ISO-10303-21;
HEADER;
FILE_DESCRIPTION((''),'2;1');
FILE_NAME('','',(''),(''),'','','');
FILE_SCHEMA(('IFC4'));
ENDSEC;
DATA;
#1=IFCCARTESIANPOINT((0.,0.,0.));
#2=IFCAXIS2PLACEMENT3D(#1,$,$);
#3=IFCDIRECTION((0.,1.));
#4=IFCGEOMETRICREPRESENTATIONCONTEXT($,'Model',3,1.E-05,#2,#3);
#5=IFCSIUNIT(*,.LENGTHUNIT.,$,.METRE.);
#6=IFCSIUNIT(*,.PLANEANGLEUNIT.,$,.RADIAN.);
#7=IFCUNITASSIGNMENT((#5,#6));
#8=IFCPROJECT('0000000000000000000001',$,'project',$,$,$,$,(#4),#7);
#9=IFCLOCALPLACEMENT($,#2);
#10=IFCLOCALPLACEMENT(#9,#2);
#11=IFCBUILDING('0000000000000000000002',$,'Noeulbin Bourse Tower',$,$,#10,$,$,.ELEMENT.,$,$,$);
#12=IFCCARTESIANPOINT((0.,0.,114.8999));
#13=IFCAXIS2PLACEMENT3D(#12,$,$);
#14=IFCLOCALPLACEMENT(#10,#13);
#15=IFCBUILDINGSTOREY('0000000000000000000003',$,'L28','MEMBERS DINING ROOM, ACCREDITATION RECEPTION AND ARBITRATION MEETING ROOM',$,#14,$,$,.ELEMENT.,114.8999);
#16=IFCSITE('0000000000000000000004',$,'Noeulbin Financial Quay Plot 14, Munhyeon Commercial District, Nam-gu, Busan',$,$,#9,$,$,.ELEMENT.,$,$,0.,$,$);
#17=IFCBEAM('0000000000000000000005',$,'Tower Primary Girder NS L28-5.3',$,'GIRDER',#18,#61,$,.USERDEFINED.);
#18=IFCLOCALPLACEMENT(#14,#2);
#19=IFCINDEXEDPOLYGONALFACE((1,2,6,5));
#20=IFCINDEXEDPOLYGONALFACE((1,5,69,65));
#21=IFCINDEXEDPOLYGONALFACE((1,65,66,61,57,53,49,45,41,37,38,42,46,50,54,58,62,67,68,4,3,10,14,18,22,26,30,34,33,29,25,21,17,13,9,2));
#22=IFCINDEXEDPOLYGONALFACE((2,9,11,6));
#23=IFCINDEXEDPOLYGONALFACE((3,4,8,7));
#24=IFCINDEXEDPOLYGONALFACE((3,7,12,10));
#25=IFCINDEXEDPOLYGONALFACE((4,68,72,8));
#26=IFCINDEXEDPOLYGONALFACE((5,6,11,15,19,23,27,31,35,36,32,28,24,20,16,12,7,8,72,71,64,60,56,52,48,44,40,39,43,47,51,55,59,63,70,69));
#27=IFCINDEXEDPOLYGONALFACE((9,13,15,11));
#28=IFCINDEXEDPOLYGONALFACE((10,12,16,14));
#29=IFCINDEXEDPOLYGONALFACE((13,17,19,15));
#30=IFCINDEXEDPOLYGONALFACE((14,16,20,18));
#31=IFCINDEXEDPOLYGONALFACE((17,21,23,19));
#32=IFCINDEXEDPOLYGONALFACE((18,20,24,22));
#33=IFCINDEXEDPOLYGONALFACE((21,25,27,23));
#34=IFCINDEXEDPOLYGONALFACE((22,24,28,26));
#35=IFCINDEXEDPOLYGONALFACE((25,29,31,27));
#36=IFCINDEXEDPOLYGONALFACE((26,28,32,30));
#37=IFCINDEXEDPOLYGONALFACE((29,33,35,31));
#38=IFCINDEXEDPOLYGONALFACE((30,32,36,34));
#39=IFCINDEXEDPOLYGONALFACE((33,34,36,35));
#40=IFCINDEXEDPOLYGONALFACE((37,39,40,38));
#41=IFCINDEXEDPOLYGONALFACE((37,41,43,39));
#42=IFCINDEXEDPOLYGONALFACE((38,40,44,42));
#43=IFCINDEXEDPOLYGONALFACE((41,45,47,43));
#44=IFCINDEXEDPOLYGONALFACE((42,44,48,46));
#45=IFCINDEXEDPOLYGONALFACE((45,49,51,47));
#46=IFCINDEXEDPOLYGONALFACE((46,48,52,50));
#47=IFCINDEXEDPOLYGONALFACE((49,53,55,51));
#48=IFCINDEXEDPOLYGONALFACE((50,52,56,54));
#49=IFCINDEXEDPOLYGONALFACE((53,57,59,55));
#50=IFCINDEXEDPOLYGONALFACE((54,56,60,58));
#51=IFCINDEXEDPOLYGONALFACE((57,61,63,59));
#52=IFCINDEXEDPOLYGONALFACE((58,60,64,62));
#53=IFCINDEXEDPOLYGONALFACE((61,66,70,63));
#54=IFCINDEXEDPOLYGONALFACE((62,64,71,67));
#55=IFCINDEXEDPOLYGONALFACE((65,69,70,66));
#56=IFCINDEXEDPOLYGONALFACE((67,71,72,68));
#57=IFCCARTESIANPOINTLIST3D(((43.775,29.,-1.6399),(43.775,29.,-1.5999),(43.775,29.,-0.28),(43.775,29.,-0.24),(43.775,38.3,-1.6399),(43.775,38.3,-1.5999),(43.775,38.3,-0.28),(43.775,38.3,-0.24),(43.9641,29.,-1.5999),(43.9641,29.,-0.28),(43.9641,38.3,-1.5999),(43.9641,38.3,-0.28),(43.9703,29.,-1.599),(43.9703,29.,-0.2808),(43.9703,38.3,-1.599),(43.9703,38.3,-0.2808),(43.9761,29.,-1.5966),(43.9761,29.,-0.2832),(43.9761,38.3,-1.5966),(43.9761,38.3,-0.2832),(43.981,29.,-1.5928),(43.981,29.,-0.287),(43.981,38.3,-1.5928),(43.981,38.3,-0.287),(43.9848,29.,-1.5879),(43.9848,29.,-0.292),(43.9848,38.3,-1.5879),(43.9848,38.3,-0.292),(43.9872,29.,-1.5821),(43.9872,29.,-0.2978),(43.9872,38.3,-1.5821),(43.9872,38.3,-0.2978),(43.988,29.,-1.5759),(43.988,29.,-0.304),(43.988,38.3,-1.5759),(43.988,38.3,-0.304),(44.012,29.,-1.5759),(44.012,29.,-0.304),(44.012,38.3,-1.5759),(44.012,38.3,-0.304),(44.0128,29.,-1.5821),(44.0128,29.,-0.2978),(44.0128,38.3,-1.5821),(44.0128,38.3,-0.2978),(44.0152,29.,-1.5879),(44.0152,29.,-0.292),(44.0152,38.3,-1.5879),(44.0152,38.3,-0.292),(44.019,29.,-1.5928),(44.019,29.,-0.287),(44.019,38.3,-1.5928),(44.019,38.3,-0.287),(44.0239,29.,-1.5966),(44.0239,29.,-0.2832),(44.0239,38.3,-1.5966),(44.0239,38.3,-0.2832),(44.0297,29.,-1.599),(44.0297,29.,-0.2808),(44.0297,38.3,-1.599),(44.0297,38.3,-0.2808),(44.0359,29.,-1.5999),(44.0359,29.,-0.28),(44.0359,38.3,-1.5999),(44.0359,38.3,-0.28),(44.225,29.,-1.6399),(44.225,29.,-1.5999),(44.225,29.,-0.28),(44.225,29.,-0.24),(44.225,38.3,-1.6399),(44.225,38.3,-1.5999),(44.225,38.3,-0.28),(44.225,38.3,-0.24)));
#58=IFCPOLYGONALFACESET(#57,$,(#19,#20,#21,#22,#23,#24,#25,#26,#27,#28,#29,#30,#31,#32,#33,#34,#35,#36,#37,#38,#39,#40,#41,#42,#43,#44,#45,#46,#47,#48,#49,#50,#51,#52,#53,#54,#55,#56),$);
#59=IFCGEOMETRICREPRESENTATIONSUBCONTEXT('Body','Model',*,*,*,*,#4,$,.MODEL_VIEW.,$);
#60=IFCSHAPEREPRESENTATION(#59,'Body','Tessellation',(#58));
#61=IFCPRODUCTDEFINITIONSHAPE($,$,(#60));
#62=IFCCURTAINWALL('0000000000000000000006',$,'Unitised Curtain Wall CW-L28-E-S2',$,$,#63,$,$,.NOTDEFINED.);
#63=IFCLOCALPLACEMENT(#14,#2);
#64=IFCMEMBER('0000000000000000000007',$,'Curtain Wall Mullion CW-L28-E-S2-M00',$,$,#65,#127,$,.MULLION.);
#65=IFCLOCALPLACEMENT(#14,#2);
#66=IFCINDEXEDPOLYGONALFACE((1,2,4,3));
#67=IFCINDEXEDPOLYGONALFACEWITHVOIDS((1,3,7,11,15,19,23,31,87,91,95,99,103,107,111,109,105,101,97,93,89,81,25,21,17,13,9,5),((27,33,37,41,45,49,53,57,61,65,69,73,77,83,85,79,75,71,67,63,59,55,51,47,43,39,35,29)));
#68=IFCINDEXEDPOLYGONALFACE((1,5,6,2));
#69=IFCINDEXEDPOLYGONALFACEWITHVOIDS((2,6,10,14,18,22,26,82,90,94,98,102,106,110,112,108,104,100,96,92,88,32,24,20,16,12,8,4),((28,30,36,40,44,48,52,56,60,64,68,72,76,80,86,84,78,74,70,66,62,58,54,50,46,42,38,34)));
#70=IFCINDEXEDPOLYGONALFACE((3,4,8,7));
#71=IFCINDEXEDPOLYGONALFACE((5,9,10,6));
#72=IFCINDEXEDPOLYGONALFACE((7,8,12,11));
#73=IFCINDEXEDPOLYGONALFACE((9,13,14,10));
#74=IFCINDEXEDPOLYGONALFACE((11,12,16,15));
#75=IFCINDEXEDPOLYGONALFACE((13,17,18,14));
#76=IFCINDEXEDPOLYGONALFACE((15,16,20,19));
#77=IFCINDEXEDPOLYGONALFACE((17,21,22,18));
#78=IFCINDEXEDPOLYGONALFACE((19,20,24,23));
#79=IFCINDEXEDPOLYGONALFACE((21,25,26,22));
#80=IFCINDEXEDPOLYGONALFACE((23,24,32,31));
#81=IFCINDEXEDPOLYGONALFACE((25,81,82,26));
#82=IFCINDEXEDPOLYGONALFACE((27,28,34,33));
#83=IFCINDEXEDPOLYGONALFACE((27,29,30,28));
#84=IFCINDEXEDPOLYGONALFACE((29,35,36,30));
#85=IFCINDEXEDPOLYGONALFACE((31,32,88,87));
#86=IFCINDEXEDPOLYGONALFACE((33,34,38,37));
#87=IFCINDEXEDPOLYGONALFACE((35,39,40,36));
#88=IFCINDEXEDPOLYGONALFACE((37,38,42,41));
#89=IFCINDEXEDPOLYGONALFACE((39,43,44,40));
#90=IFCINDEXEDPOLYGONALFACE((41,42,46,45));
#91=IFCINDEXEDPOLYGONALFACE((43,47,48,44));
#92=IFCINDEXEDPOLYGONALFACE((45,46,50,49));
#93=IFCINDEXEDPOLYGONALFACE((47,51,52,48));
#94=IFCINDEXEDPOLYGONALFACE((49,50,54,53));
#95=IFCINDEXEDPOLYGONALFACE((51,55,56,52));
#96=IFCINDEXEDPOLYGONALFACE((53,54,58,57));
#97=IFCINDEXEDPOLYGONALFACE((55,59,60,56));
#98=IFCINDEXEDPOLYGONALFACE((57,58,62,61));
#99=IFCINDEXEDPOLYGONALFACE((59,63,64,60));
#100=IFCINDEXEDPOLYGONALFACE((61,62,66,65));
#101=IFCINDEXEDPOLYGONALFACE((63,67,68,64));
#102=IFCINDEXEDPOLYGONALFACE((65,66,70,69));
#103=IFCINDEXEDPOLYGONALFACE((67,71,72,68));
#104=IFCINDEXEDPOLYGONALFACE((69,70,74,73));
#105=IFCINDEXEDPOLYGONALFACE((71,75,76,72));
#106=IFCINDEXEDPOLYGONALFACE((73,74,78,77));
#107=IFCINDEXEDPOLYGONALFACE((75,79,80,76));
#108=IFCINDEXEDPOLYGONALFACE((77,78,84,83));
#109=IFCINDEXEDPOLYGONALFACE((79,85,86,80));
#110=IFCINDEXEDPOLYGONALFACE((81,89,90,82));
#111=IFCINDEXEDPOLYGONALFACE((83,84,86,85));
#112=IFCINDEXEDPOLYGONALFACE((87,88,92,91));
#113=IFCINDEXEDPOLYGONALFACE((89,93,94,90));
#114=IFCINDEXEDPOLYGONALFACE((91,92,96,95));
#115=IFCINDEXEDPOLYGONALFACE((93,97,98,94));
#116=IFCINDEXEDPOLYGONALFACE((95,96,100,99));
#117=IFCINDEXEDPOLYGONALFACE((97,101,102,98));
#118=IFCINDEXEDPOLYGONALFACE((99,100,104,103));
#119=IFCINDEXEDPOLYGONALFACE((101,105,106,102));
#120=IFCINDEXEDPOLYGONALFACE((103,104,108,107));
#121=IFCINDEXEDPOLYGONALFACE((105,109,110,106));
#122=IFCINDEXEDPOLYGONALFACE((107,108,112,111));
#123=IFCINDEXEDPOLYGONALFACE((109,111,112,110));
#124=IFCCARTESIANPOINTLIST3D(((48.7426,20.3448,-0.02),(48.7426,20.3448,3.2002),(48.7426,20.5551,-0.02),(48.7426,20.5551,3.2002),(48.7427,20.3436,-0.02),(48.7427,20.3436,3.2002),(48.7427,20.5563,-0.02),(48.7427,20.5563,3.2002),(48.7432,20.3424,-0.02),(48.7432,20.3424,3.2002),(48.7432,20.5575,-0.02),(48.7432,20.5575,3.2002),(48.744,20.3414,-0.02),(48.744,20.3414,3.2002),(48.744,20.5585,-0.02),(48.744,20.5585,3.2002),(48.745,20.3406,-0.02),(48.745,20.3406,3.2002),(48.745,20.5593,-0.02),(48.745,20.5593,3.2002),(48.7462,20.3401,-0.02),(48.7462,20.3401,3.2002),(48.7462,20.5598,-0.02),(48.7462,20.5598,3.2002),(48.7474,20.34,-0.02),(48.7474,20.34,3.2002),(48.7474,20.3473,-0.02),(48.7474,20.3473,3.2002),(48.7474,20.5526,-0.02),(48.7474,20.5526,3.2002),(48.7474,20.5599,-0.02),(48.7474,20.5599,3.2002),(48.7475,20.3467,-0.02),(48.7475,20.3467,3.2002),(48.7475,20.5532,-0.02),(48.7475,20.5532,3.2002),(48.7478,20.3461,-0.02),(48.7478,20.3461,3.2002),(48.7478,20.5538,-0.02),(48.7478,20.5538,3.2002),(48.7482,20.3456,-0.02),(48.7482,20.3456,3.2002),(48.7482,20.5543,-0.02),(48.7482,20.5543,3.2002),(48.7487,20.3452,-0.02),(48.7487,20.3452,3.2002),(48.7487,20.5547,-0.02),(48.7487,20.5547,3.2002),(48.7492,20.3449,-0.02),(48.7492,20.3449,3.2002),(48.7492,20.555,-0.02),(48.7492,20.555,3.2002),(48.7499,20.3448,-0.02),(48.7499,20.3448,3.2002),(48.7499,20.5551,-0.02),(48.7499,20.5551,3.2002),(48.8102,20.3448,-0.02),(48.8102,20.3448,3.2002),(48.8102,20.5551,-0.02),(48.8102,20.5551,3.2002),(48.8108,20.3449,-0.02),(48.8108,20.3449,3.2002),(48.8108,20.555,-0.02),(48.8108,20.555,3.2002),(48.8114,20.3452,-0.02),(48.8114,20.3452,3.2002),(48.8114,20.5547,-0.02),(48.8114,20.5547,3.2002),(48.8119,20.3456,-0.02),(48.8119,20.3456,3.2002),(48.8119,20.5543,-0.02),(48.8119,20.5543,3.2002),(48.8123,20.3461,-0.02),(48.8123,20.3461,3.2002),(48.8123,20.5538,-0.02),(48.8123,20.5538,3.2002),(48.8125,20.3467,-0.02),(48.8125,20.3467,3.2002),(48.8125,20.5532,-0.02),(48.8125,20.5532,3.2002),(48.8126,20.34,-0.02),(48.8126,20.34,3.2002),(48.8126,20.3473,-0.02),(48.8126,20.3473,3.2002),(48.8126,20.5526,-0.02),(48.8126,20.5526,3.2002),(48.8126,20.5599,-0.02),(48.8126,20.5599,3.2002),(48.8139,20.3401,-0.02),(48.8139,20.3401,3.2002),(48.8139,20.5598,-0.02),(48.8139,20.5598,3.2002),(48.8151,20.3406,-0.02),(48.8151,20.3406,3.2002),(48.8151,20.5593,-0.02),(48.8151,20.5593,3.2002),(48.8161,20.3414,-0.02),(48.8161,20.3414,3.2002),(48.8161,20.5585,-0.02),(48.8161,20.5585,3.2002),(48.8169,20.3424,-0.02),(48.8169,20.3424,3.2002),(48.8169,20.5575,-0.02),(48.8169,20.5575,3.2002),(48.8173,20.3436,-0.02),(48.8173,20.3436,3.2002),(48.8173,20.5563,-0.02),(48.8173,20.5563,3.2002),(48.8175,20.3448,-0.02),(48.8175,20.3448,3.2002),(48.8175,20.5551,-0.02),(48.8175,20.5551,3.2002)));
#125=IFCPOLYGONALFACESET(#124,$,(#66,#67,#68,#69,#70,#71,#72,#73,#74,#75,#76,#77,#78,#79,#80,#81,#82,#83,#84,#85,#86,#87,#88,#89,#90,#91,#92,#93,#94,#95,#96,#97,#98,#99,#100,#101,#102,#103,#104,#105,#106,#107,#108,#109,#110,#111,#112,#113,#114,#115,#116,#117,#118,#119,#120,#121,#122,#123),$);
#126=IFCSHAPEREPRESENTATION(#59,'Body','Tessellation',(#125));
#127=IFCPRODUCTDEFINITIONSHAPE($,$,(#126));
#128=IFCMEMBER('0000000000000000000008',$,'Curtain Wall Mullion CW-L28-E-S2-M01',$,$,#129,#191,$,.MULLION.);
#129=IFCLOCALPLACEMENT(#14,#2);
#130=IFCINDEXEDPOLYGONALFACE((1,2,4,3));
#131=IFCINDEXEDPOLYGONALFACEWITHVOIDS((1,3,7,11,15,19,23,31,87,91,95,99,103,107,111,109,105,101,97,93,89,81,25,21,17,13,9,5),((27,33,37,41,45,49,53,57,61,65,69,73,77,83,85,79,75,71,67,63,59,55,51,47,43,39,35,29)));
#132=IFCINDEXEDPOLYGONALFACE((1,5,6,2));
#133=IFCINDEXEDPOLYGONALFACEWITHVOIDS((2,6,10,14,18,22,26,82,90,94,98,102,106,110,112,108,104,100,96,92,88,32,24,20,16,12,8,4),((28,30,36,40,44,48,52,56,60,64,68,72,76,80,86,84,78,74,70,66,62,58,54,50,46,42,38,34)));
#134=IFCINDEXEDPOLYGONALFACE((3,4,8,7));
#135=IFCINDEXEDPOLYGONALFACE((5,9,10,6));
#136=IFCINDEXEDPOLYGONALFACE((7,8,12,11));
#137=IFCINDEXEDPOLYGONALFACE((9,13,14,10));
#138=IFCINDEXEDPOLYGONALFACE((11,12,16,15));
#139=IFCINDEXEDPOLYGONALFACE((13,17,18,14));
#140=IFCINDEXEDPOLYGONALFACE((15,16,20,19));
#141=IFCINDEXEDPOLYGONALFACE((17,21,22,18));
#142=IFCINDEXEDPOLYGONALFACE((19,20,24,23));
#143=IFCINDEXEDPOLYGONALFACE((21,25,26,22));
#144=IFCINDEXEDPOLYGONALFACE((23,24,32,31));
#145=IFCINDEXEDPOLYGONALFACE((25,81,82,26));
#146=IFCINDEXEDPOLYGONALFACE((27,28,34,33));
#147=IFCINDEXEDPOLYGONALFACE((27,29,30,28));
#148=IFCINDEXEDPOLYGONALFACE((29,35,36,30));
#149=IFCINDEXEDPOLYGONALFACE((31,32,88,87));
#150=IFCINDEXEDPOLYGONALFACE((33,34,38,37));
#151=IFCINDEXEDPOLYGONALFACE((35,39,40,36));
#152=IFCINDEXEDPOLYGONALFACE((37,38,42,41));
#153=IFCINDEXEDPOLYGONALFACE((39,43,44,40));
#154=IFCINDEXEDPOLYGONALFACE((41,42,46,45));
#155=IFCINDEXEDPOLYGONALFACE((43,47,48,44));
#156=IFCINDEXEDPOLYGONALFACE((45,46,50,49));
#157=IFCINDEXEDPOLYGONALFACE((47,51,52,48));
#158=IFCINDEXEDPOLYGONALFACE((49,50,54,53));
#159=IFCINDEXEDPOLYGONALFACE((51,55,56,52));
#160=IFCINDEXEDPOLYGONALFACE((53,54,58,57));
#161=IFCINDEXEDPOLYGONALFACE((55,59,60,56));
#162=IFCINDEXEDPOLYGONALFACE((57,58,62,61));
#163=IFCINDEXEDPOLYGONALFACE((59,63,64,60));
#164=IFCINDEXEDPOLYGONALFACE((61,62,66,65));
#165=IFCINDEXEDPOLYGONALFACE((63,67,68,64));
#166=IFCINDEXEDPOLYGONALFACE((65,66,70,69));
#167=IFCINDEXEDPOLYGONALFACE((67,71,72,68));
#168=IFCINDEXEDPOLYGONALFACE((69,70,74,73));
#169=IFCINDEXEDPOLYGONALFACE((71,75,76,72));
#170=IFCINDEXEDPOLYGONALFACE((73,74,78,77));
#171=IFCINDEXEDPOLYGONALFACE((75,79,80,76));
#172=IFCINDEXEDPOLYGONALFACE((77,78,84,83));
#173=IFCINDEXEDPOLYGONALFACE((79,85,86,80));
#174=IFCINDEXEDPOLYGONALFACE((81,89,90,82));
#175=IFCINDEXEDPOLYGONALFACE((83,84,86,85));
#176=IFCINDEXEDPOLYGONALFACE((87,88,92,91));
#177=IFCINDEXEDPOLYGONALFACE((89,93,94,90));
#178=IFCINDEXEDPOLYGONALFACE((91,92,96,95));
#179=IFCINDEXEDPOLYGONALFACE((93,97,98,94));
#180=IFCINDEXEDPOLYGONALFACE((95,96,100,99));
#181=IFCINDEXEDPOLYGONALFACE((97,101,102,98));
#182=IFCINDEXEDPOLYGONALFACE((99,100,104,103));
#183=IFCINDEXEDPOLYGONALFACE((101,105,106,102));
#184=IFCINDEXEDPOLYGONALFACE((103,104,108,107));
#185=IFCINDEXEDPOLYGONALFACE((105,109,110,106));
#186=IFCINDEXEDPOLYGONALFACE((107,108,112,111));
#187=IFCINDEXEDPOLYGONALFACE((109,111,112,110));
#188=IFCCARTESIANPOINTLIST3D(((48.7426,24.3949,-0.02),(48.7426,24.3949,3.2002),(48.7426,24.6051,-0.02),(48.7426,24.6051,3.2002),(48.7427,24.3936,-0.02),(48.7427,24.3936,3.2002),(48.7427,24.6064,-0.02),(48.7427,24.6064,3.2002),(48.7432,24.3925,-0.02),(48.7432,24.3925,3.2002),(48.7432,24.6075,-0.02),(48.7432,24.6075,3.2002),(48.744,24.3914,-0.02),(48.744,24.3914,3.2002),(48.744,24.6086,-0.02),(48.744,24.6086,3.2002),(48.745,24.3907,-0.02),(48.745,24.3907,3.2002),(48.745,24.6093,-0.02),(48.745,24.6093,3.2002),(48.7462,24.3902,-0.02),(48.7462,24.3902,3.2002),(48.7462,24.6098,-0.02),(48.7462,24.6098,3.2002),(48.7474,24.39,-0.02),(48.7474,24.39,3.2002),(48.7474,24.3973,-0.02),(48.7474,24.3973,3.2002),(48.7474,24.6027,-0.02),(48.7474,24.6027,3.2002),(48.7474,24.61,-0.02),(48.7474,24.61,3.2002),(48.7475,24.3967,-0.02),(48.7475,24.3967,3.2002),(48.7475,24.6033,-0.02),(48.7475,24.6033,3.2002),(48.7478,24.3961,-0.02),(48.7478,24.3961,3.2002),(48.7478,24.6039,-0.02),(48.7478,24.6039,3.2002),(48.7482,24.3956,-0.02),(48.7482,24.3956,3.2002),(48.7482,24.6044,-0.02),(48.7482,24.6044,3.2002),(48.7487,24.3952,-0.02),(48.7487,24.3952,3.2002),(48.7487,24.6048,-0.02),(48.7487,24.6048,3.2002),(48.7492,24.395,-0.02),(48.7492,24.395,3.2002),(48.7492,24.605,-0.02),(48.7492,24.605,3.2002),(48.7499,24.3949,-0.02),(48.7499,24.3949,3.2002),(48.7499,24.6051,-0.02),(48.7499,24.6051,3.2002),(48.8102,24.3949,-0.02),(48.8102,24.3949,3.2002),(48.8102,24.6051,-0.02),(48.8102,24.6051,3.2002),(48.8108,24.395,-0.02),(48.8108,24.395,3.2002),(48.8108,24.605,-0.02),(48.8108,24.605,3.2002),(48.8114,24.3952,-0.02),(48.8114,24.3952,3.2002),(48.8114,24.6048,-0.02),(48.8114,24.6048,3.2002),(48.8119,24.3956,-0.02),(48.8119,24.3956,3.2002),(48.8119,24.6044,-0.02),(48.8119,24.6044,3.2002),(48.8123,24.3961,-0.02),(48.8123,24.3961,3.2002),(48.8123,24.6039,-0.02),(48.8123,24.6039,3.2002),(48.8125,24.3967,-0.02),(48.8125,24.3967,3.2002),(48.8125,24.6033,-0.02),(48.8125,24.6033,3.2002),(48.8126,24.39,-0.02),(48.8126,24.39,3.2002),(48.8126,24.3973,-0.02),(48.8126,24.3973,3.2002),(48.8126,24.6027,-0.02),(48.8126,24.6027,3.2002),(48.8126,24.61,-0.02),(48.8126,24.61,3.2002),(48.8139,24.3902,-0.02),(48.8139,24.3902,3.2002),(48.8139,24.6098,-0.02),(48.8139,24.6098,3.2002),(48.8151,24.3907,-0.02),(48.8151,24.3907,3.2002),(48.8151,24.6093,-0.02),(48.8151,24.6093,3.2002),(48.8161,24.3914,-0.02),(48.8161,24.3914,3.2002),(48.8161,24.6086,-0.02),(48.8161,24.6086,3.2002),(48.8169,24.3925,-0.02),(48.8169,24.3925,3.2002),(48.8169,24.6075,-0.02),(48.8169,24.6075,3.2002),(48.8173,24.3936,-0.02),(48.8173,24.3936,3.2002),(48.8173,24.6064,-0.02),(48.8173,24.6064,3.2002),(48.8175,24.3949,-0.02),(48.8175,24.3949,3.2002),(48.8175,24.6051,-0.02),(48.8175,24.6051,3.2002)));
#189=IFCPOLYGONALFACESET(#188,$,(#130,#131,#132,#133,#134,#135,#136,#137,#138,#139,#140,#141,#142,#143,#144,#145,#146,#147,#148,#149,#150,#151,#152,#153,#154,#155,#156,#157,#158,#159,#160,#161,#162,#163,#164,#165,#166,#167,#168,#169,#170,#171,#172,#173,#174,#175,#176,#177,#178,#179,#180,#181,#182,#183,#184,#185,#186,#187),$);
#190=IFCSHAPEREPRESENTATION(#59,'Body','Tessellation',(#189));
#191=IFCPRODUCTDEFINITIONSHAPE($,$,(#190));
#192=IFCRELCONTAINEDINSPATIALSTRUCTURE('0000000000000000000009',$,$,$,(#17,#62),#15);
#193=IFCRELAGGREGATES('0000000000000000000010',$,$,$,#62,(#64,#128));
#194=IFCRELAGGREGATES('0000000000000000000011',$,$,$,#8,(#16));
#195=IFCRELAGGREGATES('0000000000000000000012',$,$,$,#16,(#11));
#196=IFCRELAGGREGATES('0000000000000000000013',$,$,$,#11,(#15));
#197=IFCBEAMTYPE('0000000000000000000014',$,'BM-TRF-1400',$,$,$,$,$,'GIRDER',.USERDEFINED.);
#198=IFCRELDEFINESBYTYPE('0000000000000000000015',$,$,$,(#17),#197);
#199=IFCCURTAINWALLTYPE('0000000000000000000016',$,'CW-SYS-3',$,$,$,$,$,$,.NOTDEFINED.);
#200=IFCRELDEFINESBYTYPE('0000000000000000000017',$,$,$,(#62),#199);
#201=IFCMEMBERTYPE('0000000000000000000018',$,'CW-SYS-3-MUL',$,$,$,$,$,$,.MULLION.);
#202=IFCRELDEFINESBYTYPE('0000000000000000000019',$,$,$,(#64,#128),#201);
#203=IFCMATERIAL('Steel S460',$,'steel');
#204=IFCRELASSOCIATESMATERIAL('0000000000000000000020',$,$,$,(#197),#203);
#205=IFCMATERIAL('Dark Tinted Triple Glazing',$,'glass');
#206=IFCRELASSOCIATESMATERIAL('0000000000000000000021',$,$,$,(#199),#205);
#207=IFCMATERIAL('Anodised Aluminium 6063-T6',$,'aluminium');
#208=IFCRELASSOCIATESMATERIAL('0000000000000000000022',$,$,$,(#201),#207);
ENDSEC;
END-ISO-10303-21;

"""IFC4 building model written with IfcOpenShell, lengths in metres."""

from ifc_helpers import new_model, si_unit, direction, frame, origin, origin_2d, place, context, subcontext, project, spatial, hollow_rectangle, i_section, extrude, material, material_profile, profile_set, type_object, element, aggregate, save


model = new_model("IFC4")

# Units and contexts
model_context = context("Model", 3, precision=1e-05, world=origin(), true_north=direction((0.0, 1.0)))
body_context = subcontext(model_context, "Body", "Model", "MODEL_VIEW")
ifc_project = project(units=[si_unit("LENGTHUNIT", "METRE"), si_unit("PLANEANGLEUNIT", "RADIAN")], contexts=[model_context])

# Site, building, storey
site_placement = place(None, origin())
site = spatial("IfcSite", under=ifc_project, at=site_placement, Name="Noeulbin Financial Quay Plot 14, Munhyeon Commercial District, Nam-gu, Busan", CompositionType="ELEMENT", RefElevation=0.0)
building_placement = place(site_placement, origin())
building = spatial("IfcBuilding", under=site, at=building_placement, Name="Noeulbin Bourse Tower", CompositionType="ELEMENT")
storey_placement = place(building_placement, frame((0.0, 0.0, 114.8999)))
storey = spatial("IfcBuildingStorey", under=building, at=storey_placement, Name="L28", Description="MEMBERS DINING ROOM, ACCREDITATION RECEPTION AND ARBITRATION MEETING ROOM", CompositionType="ELEMENT", Elevation=114.8999)

# Shared definitions
ifc_material_1 = material(Name="Steel S460", Category="steel")

# Beam
ifc_material_profile_1 = material_profile(ifc_material_1, i_section(OverallWidth=0.45, OverallDepth=1.3999, WebThickness=0.0239, FlangeThickness=0.04, FilletRadius=0.0239, at=origin_2d()), Name="PG-1400x450x24x40", Category="LoadBearing")
ifc_profile_set_1 = profile_set([ifc_material_profile_1], Name="Steel S460")
beam_type_1 = type_object("IfcBeamType", Name="BM-TRF-1400", ElementType="GIRDER", PredefinedType="USERDEFINED", material=ifc_profile_set_1)
beam_1_placement = place(storey_placement, frame((44.0, 29.0, -0.9399), z_axis=(0.0, 1.0, 0.0), x_axis=(-1.0, 0.0, 0.0)))
element("IfcBeam", 1, at=beam_1_placement, inside=storey, type_object=beam_type_1, Name="Tower Primary Girder NS L28-5.3", ObjectType="GIRDER", PredefinedType="USERDEFINED", context=body_context, shape_type="SweptSolid", body=[
    extrude(i_section(OverallWidth=0.45, OverallDepth=1.3999, WebThickness=0.0239, FlangeThickness=0.04, FilletRadius=0.0239, at=origin_2d()), origin(), (0.0, 0.0, 1.0), 9.3),
])

# Curtain wall, members
ifc_material_2 = material(Name="Dark Tinted Triple Glazing", Category="glass")
curtain_wall_type = type_object("IfcCurtainWallType", Name="CW-SYS-3", PredefinedType="NOTDEFINED", material=ifc_material_2)
curtain_wall_1_placement = place(storey_placement, origin())
curtain_wall_1 = element("IfcCurtainWall", 2, at=curtain_wall_1_placement, inside=storey, type_object=curtain_wall_type, Name="Unitised Curtain Wall CW-L28-E-S2", PredefinedType="NOTDEFINED")
ifc_material_3 = material(Name="Anodised Aluminium 6063-T6", Category="aluminium")
ifc_material_profile_2 = material_profile(ifc_material_3, hollow_rectangle(XDim=0.075, YDim=0.22, WallThickness=0.0049, InnerFilletRadius=0.0024, OuterFilletRadius=0.0049, at=origin_2d()), Name="ALU-MULL-75x220x5", Category="LoadBearing")
ifc_profile_set_2 = profile_set([ifc_material_profile_2], Name="Anodised Aluminium 6063-T6")
member_type_1 = type_object("IfcMemberType", Name="CW-SYS-3-MUL", PredefinedType="MULLION", material=ifc_profile_set_2)
member_1_placement = place(storey_placement, frame((48.78, 20.45, -0.02), z_axis=(0.0, 0.0, 1.0), x_axis=(1.0, 0.0, 0.0)))
member_1 = element("IfcMember", 3, at=member_1_placement, type_object=member_type_1, Name="Curtain Wall Mullion CW-L28-E-S2-M00", PredefinedType="MULLION", context=body_context, shape_type="SweptSolid", body=[
    extrude(hollow_rectangle(XDim=0.075, YDim=0.22, WallThickness=0.0049, InnerFilletRadius=0.0024, OuterFilletRadius=0.0049, at=origin_2d()), origin(), (0.0, 0.0, 1.0), 3.2202),
])
member_2_placement = place(storey_placement, frame((48.78, 24.5, -0.02), z_axis=(0.0, 0.0, 1.0), x_axis=(1.0, 0.0, 0.0)))
member_2 = element("IfcMember", 4, at=member_2_placement, type_object=member_type_1, Name="Curtain Wall Mullion CW-L28-E-S2-M01", PredefinedType="MULLION", context=body_context, shape_type="SweptSolid", body=[
    extrude(hollow_rectangle(XDim=0.075, YDim=0.22, WallThickness=0.0049, InnerFilletRadius=0.0024, OuterFilletRadius=0.0049, at=origin_2d()), origin(), (0.0, 0.0, 1.0), 3.2202),
])

aggregate(curtain_wall_1, [member_1, member_2])

save(model, "model.ifc")
